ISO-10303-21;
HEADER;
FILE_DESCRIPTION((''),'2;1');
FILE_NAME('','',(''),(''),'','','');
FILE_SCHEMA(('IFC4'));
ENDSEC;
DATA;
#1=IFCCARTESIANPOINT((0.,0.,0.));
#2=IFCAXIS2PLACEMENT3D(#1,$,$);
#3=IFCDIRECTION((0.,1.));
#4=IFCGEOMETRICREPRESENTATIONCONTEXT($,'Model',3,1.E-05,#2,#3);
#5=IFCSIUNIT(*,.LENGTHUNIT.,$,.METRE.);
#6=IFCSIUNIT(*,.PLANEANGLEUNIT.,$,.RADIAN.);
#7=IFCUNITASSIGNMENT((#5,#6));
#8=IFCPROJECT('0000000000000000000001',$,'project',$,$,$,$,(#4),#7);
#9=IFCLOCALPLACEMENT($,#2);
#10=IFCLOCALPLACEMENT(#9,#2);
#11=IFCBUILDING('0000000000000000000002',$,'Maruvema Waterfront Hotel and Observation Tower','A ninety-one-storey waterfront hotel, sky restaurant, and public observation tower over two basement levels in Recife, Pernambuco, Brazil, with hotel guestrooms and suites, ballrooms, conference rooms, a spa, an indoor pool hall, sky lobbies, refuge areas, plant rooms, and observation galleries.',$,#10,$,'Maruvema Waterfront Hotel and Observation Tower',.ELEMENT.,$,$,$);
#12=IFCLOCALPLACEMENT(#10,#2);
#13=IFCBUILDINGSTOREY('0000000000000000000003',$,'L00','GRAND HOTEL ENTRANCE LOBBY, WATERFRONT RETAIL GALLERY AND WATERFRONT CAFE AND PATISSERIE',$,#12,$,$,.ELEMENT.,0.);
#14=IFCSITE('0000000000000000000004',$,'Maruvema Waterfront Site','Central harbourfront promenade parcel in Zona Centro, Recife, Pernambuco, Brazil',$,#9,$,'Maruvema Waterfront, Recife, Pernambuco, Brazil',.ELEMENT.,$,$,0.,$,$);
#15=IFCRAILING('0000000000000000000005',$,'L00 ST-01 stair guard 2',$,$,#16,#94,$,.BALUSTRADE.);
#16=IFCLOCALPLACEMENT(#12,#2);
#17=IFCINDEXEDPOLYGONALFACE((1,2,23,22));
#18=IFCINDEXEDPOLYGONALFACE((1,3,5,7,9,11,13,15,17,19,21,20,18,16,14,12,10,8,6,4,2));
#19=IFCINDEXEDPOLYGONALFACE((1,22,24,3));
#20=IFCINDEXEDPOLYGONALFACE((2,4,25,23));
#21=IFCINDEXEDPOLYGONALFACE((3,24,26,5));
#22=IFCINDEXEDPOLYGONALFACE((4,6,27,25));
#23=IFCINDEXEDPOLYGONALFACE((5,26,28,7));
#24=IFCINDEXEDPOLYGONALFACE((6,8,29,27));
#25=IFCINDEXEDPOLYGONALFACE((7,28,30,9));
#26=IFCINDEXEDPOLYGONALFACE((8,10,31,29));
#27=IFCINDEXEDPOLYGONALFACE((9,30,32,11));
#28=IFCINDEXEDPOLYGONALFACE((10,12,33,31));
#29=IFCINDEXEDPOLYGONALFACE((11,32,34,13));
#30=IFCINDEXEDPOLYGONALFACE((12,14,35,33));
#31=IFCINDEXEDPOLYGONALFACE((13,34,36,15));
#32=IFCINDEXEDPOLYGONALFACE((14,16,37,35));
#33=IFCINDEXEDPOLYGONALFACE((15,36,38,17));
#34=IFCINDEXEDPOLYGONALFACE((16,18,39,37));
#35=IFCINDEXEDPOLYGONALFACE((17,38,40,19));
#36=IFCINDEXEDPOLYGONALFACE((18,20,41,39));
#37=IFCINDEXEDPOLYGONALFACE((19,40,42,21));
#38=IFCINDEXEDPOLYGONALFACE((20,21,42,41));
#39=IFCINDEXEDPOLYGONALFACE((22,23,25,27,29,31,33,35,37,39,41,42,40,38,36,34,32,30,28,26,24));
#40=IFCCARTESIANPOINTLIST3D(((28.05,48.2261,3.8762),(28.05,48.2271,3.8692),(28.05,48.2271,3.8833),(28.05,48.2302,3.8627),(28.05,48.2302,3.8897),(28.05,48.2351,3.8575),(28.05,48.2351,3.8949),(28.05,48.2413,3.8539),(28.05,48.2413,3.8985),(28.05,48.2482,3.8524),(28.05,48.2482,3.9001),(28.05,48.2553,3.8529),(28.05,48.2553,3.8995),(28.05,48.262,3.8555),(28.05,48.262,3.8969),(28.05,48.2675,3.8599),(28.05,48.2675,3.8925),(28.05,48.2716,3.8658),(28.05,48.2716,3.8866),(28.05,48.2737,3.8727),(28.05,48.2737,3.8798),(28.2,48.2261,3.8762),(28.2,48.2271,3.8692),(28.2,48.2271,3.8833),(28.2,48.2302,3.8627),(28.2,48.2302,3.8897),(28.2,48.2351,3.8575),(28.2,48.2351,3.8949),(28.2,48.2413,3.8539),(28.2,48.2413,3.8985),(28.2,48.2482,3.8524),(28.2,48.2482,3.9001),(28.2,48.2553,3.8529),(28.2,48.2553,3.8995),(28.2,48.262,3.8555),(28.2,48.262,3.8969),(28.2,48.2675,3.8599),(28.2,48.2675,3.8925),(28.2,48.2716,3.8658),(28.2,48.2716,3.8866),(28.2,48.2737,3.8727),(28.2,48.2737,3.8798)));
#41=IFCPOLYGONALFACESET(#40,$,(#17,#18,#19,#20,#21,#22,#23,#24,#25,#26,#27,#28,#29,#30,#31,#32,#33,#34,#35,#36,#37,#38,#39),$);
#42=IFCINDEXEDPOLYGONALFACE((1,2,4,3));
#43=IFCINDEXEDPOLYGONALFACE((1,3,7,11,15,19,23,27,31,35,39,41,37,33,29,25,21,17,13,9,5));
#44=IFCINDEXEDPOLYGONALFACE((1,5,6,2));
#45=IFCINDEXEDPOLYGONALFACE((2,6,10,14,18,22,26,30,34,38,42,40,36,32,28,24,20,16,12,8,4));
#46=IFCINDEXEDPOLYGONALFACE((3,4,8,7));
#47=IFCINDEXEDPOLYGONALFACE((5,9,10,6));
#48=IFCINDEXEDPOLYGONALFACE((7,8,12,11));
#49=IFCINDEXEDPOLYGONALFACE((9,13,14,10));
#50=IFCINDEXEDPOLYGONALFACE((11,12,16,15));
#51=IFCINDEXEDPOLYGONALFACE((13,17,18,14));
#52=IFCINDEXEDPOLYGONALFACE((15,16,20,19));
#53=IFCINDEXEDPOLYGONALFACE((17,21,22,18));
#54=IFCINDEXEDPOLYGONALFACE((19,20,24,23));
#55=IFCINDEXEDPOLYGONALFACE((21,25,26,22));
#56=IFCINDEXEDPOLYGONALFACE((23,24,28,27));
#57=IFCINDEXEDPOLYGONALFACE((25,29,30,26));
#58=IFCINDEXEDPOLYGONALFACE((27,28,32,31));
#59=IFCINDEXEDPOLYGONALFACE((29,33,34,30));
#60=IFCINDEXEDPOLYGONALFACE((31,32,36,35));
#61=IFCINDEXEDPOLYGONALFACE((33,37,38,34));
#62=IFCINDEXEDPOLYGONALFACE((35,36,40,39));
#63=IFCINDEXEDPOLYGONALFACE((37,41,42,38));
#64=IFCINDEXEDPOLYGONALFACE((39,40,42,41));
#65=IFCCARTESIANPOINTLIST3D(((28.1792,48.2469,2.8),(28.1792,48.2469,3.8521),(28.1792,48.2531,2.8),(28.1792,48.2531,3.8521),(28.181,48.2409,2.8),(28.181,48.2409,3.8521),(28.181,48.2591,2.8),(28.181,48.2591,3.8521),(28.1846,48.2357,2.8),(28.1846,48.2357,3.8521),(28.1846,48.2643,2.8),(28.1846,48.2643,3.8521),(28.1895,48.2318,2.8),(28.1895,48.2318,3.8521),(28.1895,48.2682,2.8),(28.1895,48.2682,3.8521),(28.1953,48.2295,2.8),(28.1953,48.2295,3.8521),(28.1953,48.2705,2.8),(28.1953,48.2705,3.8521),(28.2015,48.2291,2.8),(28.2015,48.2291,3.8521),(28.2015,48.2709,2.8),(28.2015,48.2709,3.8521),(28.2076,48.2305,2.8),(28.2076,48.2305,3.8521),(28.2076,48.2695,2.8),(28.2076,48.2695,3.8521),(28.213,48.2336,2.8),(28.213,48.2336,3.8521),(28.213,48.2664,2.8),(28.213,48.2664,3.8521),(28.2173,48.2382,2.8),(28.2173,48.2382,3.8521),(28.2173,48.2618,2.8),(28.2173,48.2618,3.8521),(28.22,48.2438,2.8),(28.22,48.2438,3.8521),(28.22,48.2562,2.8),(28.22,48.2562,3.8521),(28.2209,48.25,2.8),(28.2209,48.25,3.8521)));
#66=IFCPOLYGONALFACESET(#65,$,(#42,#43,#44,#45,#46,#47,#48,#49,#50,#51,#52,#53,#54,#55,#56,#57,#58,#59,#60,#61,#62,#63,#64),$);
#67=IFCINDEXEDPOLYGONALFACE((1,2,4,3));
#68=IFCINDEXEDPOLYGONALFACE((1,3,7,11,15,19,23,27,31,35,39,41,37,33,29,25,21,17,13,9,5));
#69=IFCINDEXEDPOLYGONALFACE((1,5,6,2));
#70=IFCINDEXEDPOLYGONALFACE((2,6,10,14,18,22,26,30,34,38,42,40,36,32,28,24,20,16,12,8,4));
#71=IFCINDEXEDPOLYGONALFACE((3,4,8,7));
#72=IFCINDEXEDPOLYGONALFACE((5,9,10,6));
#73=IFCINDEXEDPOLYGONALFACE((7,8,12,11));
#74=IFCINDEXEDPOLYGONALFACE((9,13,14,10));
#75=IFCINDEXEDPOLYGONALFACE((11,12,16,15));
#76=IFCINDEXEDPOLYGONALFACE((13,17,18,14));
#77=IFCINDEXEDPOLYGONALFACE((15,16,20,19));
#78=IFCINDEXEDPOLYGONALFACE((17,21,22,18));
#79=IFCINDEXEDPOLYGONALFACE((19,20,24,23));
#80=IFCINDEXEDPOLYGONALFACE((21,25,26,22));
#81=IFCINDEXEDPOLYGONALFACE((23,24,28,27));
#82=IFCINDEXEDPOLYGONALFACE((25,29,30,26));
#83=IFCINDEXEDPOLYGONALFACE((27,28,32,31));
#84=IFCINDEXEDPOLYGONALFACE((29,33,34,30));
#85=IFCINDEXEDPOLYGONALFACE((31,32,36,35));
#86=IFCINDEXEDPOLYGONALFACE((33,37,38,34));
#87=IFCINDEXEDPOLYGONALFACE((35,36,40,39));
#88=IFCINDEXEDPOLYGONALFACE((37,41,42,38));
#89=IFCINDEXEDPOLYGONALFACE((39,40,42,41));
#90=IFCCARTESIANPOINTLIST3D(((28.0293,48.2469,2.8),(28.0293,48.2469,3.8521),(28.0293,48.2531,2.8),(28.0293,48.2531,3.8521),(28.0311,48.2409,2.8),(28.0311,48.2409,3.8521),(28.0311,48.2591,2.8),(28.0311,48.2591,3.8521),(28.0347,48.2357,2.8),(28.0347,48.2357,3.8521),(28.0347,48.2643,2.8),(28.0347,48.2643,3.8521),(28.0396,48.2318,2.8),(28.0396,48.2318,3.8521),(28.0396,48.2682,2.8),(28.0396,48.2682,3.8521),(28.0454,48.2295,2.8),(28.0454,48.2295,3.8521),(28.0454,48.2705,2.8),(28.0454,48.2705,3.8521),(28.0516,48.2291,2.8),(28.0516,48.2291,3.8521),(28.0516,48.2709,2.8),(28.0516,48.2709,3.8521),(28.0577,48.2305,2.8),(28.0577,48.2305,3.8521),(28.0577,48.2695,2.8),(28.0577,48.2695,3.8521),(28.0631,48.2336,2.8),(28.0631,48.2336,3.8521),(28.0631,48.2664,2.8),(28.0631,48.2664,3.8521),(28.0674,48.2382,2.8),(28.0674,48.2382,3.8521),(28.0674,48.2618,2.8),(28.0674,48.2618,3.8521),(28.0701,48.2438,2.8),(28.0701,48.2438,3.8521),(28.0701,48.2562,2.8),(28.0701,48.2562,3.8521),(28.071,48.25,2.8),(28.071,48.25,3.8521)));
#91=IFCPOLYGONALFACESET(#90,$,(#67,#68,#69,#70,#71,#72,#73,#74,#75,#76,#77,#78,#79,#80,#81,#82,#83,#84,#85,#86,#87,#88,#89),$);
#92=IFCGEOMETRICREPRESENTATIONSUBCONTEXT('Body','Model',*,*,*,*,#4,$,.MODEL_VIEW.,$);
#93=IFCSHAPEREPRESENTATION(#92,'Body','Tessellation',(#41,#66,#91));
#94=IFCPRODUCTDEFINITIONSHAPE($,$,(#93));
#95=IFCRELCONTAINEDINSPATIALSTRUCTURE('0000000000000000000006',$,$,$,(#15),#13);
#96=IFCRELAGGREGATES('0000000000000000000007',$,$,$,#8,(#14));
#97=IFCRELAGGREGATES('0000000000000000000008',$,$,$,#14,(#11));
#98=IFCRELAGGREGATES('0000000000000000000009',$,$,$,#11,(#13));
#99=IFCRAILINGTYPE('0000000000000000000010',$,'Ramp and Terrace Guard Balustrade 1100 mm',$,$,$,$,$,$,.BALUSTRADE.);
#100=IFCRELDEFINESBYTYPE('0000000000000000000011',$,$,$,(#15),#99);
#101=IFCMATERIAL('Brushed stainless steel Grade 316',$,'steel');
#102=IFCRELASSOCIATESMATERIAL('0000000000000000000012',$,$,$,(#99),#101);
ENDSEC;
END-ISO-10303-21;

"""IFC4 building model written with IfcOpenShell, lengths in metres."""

from ifc_helpers import new_model, si_unit, direction, frame, origin, origin_2d, place, context, subcontext, project, spatial, circle, extrude, material, type_object, element, save


model = new_model("IFC4")

# Units and contexts
model_context = context("Model", 3, precision=1e-05, world=origin(), true_north=direction((0.0, 1.0)))
body_context = subcontext(model_context, "Body", "Model", "MODEL_VIEW")
ifc_project = project(units=[si_unit("LENGTHUNIT", "METRE"), si_unit("PLANEANGLEUNIT", "RADIAN")], contexts=[model_context])

# Site, building, storey
site_placement = place(None, origin())
site = spatial("IfcSite", under=ifc_project, at=site_placement, Name="Maruvema Waterfront Site", Description="Central harbourfront promenade parcel in Zona Centro, Recife, Pernambuco, Brazil", LongName="Maruvema Waterfront, Recife, Pernambuco, Brazil", CompositionType="ELEMENT", RefElevation=0.0)
building_placement = place(site_placement, origin())
building = spatial("IfcBuilding", under=site, at=building_placement, Name="Maruvema Waterfront Hotel and Observation Tower", Description="A ninety-one-storey waterfront hotel, sky restaurant, and public observation tower over two basement levels in Recife, Pernambuco, Brazil, with hotel guestrooms and suites, ballrooms, conference rooms, a spa, an indoor pool hall, sky lobbies, refuge areas, plant rooms, and observation galleries.", LongName="Maruvema Waterfront Hotel and Observation Tower", CompositionType="ELEMENT")
storey_placement = place(building_placement, origin())
storey = spatial("IfcBuildingStorey", under=building, at=storey_placement, Name="L00", Description="GRAND HOTEL ENTRANCE LOBBY, WATERFRONT RETAIL GALLERY AND WATERFRONT CAFE AND PATISSERIE", CompositionType="ELEMENT", Elevation=0.0)

# Railing
ifc_material_1 = material(Name="Brushed stainless steel Grade 316", Category="steel")
railing_type_1 = type_object("IfcRailingType", Name="Ramp and Terrace Guard Balustrade 1100 mm", PredefinedType="BALUSTRADE", material=ifc_material_1)
railing_1_placement = place(storey_placement, frame((28.2, 48.25, 2.8)))
element("IfcRailing", 1, at=railing_1_placement, inside=storey, type_object=railing_type_1, Name="L00 ST-01 stair guard 2", PredefinedType="BALUSTRADE", context=body_context, shape_type="SweptSolid", body=[
    extrude(circle(Radius=0.0239, at=origin_2d()), frame((0.0, 0.0, 1.0762), z_axis=(-1.0, 0.0, 0.0), x_axis=(0.0, -1.0, 0.0)), (0.0, 0.0, 1.0), 0.1499),
    extrude(circle(Radius=0.021, at=origin_2d()), origin(), (0.0, 0.0, 1.0), 1.052),
    extrude(circle(Radius=0.021, at=origin_2d()), frame((-0.1499, 0.0, 0.0)), (0.0, 0.0, 1.0), 1.052),
])

save(model, "model.ifc")
